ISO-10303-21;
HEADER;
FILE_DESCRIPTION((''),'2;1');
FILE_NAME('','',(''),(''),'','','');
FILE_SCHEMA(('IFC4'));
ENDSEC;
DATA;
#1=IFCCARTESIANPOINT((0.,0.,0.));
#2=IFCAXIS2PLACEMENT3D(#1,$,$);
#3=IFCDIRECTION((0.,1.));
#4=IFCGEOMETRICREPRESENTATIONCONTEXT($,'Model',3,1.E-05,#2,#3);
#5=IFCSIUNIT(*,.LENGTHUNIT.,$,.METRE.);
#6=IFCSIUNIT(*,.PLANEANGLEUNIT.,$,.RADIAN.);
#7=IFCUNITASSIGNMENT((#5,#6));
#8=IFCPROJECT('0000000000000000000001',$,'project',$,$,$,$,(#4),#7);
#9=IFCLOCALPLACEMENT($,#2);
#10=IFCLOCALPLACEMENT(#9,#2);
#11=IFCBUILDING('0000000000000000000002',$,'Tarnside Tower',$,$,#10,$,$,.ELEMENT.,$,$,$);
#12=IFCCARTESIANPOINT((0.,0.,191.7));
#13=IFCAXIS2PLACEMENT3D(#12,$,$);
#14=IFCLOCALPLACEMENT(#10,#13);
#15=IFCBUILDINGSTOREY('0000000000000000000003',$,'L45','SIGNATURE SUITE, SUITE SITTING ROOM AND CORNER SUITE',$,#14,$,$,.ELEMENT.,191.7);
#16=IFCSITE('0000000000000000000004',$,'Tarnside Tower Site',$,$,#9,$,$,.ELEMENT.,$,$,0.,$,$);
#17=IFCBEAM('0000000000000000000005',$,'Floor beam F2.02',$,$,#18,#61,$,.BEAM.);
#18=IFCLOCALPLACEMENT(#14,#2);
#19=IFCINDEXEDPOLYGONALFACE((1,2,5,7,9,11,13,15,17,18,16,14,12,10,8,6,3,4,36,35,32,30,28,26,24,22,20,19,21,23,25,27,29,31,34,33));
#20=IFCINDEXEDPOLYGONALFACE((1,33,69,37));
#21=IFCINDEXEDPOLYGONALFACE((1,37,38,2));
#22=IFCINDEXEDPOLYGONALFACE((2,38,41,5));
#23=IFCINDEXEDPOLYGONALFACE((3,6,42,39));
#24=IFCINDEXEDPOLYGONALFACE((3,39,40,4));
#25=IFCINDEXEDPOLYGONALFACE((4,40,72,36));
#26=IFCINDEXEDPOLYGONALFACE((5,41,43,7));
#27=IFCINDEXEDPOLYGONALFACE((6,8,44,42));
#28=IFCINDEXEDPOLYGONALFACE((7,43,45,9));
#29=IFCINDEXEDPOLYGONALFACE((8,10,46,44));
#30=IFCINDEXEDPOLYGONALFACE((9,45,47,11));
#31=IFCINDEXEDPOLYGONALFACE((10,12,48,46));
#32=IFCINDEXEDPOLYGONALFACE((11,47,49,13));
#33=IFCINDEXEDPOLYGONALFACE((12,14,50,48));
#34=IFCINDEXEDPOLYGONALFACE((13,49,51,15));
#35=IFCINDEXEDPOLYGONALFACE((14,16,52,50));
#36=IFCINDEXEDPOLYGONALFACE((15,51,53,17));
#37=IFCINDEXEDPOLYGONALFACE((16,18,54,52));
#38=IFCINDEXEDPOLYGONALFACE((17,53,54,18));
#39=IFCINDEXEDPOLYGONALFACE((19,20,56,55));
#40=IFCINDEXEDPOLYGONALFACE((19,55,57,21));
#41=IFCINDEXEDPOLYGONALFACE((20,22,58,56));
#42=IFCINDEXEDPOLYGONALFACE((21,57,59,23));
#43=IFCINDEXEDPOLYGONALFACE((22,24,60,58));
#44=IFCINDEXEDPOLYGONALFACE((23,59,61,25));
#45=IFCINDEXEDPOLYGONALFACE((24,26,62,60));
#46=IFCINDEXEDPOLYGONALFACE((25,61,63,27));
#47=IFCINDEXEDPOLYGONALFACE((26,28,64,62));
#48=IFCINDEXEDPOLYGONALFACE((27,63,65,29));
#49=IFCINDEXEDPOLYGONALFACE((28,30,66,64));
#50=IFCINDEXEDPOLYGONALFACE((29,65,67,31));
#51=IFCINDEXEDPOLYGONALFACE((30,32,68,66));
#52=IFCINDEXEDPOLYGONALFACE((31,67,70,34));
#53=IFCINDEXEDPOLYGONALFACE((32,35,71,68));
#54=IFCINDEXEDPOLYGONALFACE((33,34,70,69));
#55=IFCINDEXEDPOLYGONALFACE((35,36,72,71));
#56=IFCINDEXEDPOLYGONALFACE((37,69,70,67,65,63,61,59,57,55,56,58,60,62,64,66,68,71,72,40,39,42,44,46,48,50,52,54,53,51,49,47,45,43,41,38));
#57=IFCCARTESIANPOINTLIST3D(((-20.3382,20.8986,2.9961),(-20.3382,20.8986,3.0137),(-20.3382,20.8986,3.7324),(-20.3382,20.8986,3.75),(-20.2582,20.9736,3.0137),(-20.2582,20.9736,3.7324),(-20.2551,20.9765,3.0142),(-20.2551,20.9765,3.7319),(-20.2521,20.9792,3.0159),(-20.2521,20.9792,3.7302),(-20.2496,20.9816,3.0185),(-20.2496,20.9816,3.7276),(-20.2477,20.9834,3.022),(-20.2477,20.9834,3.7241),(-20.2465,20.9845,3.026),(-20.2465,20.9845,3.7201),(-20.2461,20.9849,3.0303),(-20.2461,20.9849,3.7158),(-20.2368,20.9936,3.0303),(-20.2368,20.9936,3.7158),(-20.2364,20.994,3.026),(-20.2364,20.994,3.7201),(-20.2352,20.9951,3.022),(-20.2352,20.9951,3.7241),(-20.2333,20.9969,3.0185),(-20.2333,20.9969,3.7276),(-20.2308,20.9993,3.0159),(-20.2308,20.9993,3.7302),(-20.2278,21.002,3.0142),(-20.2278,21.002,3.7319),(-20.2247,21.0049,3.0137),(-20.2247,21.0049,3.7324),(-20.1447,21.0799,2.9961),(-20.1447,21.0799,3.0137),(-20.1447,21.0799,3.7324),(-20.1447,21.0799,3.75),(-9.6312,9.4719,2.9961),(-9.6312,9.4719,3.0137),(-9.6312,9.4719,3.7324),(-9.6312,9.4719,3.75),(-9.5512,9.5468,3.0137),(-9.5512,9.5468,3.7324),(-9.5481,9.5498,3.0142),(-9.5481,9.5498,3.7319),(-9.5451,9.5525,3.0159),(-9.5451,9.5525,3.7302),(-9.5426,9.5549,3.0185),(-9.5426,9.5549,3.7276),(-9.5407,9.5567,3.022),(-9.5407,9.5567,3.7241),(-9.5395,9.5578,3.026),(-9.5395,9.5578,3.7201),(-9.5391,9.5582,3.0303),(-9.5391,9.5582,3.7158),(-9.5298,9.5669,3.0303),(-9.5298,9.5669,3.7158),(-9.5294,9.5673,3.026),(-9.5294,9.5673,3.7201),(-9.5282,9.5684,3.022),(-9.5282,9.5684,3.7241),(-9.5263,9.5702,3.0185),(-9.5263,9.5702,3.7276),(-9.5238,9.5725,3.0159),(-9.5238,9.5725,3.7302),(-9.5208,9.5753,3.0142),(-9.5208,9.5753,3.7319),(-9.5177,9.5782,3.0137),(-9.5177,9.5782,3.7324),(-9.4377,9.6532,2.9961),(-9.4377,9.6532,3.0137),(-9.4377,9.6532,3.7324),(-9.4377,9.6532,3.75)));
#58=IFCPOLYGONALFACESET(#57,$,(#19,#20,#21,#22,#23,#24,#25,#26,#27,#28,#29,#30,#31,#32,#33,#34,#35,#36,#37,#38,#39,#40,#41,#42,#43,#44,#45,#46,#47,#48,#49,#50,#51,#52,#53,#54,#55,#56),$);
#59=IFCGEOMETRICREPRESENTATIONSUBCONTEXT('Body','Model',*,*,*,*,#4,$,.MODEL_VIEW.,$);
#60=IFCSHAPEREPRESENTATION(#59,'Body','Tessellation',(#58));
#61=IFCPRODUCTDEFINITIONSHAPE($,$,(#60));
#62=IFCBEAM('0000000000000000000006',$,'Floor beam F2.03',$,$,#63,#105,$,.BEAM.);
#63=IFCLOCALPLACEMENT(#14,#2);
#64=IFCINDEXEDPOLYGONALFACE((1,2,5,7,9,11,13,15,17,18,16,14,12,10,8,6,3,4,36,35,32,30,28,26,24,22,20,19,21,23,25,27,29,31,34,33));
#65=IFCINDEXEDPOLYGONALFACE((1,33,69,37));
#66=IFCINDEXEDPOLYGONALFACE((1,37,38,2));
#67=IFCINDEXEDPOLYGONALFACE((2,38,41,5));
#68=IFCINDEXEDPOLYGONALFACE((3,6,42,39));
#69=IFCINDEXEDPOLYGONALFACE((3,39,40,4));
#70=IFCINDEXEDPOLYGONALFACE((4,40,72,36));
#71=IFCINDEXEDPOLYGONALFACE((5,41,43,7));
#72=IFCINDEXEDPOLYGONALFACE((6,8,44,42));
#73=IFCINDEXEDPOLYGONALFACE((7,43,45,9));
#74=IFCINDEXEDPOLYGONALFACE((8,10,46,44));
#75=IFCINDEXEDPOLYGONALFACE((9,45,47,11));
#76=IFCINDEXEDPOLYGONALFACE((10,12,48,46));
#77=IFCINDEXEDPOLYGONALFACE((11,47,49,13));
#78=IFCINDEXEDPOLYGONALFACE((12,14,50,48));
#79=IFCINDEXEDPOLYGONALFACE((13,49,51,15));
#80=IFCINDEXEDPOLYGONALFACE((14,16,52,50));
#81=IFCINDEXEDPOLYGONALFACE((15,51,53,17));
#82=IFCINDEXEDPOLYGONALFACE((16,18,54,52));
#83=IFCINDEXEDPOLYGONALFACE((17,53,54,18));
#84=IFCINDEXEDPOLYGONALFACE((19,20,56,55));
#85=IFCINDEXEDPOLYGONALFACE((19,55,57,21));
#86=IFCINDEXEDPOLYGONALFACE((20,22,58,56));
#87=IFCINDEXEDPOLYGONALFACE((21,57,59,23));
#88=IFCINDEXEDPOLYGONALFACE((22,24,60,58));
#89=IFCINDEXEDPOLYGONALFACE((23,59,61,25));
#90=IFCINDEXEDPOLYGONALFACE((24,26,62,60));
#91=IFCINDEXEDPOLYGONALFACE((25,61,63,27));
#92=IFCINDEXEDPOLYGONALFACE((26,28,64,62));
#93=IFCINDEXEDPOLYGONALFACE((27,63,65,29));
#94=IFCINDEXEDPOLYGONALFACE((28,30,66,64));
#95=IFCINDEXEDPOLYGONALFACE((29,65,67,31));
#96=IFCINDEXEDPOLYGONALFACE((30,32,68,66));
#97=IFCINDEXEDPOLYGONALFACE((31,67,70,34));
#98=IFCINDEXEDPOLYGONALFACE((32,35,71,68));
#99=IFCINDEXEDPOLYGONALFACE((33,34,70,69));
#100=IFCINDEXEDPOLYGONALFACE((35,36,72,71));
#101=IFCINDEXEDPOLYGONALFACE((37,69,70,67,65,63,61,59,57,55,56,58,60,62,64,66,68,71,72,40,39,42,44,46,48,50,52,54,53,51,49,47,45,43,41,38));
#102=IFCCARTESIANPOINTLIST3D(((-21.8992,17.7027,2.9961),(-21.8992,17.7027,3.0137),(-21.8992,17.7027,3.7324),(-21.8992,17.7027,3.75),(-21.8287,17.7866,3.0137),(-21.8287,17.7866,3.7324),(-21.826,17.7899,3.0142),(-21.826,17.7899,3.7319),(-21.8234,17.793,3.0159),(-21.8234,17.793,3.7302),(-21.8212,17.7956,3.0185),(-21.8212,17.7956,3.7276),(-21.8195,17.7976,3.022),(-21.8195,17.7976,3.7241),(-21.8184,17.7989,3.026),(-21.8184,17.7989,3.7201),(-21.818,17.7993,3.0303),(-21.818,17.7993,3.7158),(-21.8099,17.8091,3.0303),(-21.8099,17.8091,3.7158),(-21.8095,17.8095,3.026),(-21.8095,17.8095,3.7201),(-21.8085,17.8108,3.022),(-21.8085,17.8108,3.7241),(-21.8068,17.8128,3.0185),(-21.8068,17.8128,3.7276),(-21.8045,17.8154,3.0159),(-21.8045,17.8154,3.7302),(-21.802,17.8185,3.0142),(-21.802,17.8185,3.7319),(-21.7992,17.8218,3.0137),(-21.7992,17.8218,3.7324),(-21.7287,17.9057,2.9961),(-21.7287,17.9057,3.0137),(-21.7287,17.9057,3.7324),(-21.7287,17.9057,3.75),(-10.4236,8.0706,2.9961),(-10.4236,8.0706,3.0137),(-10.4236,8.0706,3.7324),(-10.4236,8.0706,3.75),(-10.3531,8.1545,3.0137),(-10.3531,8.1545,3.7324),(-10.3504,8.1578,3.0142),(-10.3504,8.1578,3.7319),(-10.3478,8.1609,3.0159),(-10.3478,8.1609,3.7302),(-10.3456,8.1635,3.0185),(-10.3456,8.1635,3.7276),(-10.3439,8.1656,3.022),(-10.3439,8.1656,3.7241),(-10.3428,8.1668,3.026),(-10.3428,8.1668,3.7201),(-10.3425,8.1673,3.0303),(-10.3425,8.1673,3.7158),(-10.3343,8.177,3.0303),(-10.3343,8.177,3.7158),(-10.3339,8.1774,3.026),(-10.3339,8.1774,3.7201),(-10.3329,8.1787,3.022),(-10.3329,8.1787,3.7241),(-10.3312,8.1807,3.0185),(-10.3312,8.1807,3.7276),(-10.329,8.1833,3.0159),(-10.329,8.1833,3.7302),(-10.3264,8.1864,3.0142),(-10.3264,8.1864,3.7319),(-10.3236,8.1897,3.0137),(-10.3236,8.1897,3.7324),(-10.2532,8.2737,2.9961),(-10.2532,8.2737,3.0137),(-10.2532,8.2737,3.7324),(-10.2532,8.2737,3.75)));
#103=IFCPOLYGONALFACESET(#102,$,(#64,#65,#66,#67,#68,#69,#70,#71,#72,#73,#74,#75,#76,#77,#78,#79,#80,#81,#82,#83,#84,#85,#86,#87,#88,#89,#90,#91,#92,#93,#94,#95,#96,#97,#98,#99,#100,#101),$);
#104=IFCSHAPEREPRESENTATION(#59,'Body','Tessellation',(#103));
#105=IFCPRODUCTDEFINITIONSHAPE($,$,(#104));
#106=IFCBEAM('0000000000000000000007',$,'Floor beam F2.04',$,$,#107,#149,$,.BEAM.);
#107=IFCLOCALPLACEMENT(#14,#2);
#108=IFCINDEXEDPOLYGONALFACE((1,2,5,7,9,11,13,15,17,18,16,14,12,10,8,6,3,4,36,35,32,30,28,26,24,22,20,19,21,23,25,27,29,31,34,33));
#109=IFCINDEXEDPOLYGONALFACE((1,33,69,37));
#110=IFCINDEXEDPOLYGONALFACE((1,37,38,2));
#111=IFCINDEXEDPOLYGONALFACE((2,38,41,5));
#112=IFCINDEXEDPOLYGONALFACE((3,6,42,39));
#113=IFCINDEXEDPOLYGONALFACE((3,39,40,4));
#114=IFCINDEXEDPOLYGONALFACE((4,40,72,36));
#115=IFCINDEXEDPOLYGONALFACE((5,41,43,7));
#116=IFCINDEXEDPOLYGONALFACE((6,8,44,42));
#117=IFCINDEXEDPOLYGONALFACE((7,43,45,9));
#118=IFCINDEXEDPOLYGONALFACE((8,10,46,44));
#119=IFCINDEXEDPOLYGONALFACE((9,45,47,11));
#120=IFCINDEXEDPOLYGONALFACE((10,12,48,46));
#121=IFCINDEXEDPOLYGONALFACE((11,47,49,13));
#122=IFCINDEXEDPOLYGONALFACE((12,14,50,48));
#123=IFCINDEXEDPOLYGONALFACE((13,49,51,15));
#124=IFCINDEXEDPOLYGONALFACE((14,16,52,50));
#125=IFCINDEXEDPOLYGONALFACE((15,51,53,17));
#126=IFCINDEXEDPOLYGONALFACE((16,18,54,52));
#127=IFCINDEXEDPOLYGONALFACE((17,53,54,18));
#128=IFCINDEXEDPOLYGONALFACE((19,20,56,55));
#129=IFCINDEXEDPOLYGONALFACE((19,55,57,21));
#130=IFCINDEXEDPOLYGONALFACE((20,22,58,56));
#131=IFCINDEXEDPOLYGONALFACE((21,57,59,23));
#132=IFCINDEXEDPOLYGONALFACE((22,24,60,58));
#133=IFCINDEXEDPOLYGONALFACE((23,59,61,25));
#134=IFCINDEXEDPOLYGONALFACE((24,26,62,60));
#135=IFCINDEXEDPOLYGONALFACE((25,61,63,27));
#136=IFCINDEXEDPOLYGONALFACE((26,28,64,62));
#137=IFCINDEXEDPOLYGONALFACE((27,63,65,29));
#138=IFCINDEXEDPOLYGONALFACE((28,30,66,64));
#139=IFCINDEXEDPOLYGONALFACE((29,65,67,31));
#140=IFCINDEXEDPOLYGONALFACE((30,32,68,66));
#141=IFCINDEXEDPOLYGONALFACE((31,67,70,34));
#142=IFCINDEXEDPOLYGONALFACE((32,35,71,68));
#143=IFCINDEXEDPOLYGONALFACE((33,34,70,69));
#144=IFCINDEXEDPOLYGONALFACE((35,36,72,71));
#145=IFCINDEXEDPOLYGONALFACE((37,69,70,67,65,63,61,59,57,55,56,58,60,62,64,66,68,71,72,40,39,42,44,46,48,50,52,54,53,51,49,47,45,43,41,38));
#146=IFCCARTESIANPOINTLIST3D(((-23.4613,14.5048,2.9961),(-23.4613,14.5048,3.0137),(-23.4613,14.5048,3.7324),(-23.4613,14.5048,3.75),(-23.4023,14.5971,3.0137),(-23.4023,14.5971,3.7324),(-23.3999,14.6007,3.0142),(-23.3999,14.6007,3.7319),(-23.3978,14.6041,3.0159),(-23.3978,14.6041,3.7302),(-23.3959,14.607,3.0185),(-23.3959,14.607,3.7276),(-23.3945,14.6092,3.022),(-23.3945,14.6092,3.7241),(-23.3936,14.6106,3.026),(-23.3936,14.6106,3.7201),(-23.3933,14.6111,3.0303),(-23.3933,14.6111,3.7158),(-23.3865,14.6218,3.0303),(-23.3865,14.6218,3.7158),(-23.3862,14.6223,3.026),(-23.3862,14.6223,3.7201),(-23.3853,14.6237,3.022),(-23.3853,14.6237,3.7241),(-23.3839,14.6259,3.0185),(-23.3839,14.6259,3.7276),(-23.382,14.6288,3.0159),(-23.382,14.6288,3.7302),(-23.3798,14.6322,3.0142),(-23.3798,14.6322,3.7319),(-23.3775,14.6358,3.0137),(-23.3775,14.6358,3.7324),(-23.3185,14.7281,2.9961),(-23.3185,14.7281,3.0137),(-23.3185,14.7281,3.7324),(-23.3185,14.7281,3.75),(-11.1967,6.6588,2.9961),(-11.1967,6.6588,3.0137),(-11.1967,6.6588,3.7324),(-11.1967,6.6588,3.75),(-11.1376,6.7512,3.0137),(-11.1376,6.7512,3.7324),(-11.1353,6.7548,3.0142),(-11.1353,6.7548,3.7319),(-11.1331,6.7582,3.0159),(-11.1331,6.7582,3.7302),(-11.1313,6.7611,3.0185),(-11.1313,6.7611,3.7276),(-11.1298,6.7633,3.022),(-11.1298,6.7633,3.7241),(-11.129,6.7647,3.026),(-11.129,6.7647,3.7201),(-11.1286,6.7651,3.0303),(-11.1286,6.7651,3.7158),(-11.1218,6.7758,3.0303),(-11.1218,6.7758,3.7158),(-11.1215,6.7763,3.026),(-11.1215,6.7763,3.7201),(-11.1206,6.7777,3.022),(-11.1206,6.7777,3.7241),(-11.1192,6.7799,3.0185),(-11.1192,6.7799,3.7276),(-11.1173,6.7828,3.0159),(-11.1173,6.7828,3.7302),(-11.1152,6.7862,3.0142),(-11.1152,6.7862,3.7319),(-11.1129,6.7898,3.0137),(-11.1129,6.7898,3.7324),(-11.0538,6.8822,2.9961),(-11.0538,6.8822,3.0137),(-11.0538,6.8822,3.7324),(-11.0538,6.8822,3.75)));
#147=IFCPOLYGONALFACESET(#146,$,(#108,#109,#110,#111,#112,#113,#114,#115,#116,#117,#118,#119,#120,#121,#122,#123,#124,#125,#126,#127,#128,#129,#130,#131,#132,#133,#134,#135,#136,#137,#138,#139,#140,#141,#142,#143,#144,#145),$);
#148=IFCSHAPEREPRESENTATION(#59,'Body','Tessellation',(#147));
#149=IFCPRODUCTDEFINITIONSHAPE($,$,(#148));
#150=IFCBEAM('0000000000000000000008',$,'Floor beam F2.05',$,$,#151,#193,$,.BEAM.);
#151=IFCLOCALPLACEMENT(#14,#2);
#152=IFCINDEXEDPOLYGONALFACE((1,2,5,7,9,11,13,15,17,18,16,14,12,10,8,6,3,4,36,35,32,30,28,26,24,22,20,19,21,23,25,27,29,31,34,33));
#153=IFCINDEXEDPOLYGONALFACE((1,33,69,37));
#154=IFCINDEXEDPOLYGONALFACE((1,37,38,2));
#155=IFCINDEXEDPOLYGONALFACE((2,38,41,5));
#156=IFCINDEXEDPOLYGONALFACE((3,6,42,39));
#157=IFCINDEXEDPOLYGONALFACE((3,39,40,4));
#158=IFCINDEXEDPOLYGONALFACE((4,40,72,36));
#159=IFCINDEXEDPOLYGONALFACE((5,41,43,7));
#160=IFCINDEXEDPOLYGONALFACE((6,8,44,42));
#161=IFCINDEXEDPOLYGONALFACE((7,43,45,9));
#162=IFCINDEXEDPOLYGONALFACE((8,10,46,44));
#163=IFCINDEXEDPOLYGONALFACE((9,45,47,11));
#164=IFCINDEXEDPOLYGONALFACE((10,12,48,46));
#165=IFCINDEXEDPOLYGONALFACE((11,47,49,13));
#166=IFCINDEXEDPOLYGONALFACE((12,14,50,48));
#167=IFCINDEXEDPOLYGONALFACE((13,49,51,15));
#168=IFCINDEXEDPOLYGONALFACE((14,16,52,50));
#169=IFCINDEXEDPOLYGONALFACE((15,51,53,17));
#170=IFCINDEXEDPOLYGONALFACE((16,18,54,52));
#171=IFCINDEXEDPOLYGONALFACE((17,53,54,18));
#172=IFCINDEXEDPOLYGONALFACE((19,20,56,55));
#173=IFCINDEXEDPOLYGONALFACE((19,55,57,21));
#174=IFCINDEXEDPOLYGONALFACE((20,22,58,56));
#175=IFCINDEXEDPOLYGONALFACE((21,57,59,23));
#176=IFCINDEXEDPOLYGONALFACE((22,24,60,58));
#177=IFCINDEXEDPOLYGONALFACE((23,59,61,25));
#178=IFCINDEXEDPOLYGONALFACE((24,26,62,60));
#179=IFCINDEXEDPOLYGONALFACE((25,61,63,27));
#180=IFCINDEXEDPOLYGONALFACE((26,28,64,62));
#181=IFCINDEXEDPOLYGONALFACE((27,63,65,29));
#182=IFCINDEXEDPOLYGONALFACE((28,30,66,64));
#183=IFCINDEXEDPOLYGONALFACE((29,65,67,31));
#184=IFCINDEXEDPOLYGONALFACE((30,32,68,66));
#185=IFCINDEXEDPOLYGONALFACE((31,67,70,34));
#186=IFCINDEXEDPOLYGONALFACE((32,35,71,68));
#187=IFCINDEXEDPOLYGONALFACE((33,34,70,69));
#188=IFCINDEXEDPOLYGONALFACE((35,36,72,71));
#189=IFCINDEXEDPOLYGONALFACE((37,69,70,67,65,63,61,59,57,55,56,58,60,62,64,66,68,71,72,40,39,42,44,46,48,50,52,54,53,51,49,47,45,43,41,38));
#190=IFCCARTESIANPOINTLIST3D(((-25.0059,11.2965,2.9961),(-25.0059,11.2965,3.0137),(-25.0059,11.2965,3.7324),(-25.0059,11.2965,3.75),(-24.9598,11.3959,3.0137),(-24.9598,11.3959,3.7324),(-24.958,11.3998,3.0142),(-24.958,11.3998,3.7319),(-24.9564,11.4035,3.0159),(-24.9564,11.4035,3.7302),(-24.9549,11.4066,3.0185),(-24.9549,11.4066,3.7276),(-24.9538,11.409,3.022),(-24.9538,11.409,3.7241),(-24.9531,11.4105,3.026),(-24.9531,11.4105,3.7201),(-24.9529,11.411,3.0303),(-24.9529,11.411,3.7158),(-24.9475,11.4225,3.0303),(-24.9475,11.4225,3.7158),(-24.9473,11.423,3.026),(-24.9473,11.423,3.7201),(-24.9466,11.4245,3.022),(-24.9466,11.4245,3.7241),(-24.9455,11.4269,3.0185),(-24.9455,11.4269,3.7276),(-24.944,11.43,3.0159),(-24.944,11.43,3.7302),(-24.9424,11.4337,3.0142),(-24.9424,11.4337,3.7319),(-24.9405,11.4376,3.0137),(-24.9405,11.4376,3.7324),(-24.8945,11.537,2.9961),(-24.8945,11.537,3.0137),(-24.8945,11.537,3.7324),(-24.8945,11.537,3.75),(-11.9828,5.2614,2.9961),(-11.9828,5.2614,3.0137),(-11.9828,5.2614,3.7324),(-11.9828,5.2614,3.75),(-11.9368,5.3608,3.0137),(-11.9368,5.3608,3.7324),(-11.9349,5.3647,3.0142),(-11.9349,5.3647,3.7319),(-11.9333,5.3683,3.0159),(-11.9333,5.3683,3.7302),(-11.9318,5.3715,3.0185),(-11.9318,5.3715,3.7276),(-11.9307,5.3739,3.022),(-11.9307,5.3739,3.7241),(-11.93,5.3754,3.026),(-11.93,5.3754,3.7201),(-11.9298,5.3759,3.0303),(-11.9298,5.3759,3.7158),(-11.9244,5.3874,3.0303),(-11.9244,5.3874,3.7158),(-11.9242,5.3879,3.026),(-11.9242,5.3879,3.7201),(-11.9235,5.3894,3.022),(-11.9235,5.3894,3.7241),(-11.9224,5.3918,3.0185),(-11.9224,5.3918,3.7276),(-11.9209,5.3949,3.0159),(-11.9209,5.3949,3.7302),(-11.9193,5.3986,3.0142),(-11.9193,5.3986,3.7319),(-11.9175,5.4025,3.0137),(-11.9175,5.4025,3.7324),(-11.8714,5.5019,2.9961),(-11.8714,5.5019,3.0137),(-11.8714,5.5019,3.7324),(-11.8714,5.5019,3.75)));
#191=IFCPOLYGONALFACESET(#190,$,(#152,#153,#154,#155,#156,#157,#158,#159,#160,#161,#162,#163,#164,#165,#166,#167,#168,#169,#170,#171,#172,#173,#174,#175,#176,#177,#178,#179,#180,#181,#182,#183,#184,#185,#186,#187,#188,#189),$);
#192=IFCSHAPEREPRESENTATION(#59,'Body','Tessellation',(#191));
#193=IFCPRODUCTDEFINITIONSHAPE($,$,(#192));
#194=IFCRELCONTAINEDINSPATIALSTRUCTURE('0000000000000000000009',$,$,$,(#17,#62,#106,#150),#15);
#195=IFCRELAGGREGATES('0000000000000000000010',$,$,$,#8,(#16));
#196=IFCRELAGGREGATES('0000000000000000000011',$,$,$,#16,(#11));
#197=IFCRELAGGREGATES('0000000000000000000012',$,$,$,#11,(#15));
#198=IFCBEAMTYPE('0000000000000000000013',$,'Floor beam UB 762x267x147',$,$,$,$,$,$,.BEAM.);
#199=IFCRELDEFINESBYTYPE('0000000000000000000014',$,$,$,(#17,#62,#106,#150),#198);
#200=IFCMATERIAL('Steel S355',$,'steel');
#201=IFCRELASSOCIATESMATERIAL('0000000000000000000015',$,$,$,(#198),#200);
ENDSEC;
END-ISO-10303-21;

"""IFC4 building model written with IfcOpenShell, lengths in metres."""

from ifc_helpers import new_model, si_unit, direction, frame, origin, origin_2d, place, context, subcontext, project, spatial, i_section, extrude, material, material_profile, profile_set, type_object, element, save


model = new_model("IFC4")

# Units and contexts
model_context = context("Model", 3, precision=1e-05, world=origin(), true_north=direction((0.0, 1.0)))
body_context = subcontext(model_context, "Body", "Model", "MODEL_VIEW")
ifc_project = project(units=[si_unit("LENGTHUNIT", "METRE"), si_unit("PLANEANGLEUNIT", "RADIAN")], contexts=[model_context])

# Site, building, storey
site_placement = place(None, origin())
site = spatial("IfcSite", under=ifc_project, at=site_placement, Name="Tarnside Tower Site", CompositionType="ELEMENT", RefElevation=0.0)
building_placement = place(site_placement, origin())
building = spatial("IfcBuilding", under=site, at=building_placement, Name="Tarnside Tower", CompositionType="ELEMENT")
storey_placement = place(building_placement, frame((0.0, 0.0, 191.7)))
storey = spatial("IfcBuildingStorey", under=building, at=storey_placement, Name="L45", Description="SIGNATURE SUITE, SUITE SITTING ROOM AND CORNER SUITE", CompositionType="ELEMENT", Elevation=191.7)

# Beams
ifc_material_1 = material(Name="Steel S355", Category="steel")
ifc_material_profile_1 = material_profile(ifc_material_1, i_section(OverallWidth=0.2651, OverallDepth=0.7539, WebThickness=0.0127, FlangeThickness=0.0176, FilletRadius=0.0166, at=origin_2d()), Name="UB 762x267x147")
ifc_profile_set_1 = profile_set([ifc_material_profile_1], Name="Steel S355")
beam_type_1 = type_object("IfcBeamType", Name="Floor beam UB 762x267x147", PredefinedType="BEAM", material=ifc_profile_set_1)
beam_1_placement = place(storey_placement, frame((-20.2415, 20.9893, 3.373), z_axis=(0.683752, -0.729714, 0.0), x_axis=(0.729714, 0.683752, 0.0)))
element("IfcBeam", 1, at=beam_1_placement, inside=storey, type_object=beam_type_1, Name="Floor beam F2.02", PredefinedType="BEAM", context=body_context, shape_type="SweptSolid", body=[
    extrude(i_section(OverallWidth=0.2651, OverallDepth=0.7539, WebThickness=0.0127, FlangeThickness=0.0176, FilletRadius=0.0166, at=origin_2d()), origin(), (0.0, 0.0, 1.0), 15.6592),
])
beam_2_placement = place(storey_placement, frame((-21.814, 17.8042, 3.373), z_axis=(0.765948, -0.642902, 0.0), x_axis=(0.642902, 0.765948, 0.0)))
element("IfcBeam", 2, at=beam_2_placement, inside=storey, type_object=beam_type_1, Name="Floor beam F2.03", PredefinedType="BEAM", context=body_context, shape_type="SweptSolid", body=[
    extrude(i_section(OverallWidth=0.2651, OverallDepth=0.7539, WebThickness=0.0127, FlangeThickness=0.0176, FilletRadius=0.0166, at=origin_2d()), origin(), (0.0, 0.0, 1.0), 14.9822),
])
beam_3_placement = place(storey_placement, frame((-23.3899, 14.6165, 3.373), z_axis=(0.842378, -0.538887, 0.0), x_axis=(0.538887, 0.842378, 0.0)))
element("IfcBeam", 3, at=beam_3_placement, inside=storey, type_object=beam_type_1, Name="Floor beam F2.04", PredefinedType="BEAM", context=body_context, shape_type="SweptSolid", body=[
    extrude(i_section(OverallWidth=0.2651, OverallDepth=0.7539, WebThickness=0.0127, FlangeThickness=0.0176, FilletRadius=0.0166, at=origin_2d()), origin(), (0.0, 0.0, 1.0), 14.5596),
])
beam_4_placement = place(storey_placement, frame((-24.9502, 11.4167, 3.373), z_axis=(0.90731, -0.420462, 0.0), x_axis=(0.420462, 0.90731, 0.0)))
element("IfcBeam", 4, at=beam_4_placement, inside=storey, type_object=beam_type_1, Name="Floor beam F2.05", PredefinedType="BEAM", context=body_context, shape_type="SweptSolid", body=[
    extrude(i_section(OverallWidth=0.2651, OverallDepth=0.7539, WebThickness=0.0127, FlangeThickness=0.0176, FilletRadius=0.0166, at=origin_2d()), origin(), (0.0, 0.0, 1.0), 14.3535),
])

save(model, "model.ifc")
